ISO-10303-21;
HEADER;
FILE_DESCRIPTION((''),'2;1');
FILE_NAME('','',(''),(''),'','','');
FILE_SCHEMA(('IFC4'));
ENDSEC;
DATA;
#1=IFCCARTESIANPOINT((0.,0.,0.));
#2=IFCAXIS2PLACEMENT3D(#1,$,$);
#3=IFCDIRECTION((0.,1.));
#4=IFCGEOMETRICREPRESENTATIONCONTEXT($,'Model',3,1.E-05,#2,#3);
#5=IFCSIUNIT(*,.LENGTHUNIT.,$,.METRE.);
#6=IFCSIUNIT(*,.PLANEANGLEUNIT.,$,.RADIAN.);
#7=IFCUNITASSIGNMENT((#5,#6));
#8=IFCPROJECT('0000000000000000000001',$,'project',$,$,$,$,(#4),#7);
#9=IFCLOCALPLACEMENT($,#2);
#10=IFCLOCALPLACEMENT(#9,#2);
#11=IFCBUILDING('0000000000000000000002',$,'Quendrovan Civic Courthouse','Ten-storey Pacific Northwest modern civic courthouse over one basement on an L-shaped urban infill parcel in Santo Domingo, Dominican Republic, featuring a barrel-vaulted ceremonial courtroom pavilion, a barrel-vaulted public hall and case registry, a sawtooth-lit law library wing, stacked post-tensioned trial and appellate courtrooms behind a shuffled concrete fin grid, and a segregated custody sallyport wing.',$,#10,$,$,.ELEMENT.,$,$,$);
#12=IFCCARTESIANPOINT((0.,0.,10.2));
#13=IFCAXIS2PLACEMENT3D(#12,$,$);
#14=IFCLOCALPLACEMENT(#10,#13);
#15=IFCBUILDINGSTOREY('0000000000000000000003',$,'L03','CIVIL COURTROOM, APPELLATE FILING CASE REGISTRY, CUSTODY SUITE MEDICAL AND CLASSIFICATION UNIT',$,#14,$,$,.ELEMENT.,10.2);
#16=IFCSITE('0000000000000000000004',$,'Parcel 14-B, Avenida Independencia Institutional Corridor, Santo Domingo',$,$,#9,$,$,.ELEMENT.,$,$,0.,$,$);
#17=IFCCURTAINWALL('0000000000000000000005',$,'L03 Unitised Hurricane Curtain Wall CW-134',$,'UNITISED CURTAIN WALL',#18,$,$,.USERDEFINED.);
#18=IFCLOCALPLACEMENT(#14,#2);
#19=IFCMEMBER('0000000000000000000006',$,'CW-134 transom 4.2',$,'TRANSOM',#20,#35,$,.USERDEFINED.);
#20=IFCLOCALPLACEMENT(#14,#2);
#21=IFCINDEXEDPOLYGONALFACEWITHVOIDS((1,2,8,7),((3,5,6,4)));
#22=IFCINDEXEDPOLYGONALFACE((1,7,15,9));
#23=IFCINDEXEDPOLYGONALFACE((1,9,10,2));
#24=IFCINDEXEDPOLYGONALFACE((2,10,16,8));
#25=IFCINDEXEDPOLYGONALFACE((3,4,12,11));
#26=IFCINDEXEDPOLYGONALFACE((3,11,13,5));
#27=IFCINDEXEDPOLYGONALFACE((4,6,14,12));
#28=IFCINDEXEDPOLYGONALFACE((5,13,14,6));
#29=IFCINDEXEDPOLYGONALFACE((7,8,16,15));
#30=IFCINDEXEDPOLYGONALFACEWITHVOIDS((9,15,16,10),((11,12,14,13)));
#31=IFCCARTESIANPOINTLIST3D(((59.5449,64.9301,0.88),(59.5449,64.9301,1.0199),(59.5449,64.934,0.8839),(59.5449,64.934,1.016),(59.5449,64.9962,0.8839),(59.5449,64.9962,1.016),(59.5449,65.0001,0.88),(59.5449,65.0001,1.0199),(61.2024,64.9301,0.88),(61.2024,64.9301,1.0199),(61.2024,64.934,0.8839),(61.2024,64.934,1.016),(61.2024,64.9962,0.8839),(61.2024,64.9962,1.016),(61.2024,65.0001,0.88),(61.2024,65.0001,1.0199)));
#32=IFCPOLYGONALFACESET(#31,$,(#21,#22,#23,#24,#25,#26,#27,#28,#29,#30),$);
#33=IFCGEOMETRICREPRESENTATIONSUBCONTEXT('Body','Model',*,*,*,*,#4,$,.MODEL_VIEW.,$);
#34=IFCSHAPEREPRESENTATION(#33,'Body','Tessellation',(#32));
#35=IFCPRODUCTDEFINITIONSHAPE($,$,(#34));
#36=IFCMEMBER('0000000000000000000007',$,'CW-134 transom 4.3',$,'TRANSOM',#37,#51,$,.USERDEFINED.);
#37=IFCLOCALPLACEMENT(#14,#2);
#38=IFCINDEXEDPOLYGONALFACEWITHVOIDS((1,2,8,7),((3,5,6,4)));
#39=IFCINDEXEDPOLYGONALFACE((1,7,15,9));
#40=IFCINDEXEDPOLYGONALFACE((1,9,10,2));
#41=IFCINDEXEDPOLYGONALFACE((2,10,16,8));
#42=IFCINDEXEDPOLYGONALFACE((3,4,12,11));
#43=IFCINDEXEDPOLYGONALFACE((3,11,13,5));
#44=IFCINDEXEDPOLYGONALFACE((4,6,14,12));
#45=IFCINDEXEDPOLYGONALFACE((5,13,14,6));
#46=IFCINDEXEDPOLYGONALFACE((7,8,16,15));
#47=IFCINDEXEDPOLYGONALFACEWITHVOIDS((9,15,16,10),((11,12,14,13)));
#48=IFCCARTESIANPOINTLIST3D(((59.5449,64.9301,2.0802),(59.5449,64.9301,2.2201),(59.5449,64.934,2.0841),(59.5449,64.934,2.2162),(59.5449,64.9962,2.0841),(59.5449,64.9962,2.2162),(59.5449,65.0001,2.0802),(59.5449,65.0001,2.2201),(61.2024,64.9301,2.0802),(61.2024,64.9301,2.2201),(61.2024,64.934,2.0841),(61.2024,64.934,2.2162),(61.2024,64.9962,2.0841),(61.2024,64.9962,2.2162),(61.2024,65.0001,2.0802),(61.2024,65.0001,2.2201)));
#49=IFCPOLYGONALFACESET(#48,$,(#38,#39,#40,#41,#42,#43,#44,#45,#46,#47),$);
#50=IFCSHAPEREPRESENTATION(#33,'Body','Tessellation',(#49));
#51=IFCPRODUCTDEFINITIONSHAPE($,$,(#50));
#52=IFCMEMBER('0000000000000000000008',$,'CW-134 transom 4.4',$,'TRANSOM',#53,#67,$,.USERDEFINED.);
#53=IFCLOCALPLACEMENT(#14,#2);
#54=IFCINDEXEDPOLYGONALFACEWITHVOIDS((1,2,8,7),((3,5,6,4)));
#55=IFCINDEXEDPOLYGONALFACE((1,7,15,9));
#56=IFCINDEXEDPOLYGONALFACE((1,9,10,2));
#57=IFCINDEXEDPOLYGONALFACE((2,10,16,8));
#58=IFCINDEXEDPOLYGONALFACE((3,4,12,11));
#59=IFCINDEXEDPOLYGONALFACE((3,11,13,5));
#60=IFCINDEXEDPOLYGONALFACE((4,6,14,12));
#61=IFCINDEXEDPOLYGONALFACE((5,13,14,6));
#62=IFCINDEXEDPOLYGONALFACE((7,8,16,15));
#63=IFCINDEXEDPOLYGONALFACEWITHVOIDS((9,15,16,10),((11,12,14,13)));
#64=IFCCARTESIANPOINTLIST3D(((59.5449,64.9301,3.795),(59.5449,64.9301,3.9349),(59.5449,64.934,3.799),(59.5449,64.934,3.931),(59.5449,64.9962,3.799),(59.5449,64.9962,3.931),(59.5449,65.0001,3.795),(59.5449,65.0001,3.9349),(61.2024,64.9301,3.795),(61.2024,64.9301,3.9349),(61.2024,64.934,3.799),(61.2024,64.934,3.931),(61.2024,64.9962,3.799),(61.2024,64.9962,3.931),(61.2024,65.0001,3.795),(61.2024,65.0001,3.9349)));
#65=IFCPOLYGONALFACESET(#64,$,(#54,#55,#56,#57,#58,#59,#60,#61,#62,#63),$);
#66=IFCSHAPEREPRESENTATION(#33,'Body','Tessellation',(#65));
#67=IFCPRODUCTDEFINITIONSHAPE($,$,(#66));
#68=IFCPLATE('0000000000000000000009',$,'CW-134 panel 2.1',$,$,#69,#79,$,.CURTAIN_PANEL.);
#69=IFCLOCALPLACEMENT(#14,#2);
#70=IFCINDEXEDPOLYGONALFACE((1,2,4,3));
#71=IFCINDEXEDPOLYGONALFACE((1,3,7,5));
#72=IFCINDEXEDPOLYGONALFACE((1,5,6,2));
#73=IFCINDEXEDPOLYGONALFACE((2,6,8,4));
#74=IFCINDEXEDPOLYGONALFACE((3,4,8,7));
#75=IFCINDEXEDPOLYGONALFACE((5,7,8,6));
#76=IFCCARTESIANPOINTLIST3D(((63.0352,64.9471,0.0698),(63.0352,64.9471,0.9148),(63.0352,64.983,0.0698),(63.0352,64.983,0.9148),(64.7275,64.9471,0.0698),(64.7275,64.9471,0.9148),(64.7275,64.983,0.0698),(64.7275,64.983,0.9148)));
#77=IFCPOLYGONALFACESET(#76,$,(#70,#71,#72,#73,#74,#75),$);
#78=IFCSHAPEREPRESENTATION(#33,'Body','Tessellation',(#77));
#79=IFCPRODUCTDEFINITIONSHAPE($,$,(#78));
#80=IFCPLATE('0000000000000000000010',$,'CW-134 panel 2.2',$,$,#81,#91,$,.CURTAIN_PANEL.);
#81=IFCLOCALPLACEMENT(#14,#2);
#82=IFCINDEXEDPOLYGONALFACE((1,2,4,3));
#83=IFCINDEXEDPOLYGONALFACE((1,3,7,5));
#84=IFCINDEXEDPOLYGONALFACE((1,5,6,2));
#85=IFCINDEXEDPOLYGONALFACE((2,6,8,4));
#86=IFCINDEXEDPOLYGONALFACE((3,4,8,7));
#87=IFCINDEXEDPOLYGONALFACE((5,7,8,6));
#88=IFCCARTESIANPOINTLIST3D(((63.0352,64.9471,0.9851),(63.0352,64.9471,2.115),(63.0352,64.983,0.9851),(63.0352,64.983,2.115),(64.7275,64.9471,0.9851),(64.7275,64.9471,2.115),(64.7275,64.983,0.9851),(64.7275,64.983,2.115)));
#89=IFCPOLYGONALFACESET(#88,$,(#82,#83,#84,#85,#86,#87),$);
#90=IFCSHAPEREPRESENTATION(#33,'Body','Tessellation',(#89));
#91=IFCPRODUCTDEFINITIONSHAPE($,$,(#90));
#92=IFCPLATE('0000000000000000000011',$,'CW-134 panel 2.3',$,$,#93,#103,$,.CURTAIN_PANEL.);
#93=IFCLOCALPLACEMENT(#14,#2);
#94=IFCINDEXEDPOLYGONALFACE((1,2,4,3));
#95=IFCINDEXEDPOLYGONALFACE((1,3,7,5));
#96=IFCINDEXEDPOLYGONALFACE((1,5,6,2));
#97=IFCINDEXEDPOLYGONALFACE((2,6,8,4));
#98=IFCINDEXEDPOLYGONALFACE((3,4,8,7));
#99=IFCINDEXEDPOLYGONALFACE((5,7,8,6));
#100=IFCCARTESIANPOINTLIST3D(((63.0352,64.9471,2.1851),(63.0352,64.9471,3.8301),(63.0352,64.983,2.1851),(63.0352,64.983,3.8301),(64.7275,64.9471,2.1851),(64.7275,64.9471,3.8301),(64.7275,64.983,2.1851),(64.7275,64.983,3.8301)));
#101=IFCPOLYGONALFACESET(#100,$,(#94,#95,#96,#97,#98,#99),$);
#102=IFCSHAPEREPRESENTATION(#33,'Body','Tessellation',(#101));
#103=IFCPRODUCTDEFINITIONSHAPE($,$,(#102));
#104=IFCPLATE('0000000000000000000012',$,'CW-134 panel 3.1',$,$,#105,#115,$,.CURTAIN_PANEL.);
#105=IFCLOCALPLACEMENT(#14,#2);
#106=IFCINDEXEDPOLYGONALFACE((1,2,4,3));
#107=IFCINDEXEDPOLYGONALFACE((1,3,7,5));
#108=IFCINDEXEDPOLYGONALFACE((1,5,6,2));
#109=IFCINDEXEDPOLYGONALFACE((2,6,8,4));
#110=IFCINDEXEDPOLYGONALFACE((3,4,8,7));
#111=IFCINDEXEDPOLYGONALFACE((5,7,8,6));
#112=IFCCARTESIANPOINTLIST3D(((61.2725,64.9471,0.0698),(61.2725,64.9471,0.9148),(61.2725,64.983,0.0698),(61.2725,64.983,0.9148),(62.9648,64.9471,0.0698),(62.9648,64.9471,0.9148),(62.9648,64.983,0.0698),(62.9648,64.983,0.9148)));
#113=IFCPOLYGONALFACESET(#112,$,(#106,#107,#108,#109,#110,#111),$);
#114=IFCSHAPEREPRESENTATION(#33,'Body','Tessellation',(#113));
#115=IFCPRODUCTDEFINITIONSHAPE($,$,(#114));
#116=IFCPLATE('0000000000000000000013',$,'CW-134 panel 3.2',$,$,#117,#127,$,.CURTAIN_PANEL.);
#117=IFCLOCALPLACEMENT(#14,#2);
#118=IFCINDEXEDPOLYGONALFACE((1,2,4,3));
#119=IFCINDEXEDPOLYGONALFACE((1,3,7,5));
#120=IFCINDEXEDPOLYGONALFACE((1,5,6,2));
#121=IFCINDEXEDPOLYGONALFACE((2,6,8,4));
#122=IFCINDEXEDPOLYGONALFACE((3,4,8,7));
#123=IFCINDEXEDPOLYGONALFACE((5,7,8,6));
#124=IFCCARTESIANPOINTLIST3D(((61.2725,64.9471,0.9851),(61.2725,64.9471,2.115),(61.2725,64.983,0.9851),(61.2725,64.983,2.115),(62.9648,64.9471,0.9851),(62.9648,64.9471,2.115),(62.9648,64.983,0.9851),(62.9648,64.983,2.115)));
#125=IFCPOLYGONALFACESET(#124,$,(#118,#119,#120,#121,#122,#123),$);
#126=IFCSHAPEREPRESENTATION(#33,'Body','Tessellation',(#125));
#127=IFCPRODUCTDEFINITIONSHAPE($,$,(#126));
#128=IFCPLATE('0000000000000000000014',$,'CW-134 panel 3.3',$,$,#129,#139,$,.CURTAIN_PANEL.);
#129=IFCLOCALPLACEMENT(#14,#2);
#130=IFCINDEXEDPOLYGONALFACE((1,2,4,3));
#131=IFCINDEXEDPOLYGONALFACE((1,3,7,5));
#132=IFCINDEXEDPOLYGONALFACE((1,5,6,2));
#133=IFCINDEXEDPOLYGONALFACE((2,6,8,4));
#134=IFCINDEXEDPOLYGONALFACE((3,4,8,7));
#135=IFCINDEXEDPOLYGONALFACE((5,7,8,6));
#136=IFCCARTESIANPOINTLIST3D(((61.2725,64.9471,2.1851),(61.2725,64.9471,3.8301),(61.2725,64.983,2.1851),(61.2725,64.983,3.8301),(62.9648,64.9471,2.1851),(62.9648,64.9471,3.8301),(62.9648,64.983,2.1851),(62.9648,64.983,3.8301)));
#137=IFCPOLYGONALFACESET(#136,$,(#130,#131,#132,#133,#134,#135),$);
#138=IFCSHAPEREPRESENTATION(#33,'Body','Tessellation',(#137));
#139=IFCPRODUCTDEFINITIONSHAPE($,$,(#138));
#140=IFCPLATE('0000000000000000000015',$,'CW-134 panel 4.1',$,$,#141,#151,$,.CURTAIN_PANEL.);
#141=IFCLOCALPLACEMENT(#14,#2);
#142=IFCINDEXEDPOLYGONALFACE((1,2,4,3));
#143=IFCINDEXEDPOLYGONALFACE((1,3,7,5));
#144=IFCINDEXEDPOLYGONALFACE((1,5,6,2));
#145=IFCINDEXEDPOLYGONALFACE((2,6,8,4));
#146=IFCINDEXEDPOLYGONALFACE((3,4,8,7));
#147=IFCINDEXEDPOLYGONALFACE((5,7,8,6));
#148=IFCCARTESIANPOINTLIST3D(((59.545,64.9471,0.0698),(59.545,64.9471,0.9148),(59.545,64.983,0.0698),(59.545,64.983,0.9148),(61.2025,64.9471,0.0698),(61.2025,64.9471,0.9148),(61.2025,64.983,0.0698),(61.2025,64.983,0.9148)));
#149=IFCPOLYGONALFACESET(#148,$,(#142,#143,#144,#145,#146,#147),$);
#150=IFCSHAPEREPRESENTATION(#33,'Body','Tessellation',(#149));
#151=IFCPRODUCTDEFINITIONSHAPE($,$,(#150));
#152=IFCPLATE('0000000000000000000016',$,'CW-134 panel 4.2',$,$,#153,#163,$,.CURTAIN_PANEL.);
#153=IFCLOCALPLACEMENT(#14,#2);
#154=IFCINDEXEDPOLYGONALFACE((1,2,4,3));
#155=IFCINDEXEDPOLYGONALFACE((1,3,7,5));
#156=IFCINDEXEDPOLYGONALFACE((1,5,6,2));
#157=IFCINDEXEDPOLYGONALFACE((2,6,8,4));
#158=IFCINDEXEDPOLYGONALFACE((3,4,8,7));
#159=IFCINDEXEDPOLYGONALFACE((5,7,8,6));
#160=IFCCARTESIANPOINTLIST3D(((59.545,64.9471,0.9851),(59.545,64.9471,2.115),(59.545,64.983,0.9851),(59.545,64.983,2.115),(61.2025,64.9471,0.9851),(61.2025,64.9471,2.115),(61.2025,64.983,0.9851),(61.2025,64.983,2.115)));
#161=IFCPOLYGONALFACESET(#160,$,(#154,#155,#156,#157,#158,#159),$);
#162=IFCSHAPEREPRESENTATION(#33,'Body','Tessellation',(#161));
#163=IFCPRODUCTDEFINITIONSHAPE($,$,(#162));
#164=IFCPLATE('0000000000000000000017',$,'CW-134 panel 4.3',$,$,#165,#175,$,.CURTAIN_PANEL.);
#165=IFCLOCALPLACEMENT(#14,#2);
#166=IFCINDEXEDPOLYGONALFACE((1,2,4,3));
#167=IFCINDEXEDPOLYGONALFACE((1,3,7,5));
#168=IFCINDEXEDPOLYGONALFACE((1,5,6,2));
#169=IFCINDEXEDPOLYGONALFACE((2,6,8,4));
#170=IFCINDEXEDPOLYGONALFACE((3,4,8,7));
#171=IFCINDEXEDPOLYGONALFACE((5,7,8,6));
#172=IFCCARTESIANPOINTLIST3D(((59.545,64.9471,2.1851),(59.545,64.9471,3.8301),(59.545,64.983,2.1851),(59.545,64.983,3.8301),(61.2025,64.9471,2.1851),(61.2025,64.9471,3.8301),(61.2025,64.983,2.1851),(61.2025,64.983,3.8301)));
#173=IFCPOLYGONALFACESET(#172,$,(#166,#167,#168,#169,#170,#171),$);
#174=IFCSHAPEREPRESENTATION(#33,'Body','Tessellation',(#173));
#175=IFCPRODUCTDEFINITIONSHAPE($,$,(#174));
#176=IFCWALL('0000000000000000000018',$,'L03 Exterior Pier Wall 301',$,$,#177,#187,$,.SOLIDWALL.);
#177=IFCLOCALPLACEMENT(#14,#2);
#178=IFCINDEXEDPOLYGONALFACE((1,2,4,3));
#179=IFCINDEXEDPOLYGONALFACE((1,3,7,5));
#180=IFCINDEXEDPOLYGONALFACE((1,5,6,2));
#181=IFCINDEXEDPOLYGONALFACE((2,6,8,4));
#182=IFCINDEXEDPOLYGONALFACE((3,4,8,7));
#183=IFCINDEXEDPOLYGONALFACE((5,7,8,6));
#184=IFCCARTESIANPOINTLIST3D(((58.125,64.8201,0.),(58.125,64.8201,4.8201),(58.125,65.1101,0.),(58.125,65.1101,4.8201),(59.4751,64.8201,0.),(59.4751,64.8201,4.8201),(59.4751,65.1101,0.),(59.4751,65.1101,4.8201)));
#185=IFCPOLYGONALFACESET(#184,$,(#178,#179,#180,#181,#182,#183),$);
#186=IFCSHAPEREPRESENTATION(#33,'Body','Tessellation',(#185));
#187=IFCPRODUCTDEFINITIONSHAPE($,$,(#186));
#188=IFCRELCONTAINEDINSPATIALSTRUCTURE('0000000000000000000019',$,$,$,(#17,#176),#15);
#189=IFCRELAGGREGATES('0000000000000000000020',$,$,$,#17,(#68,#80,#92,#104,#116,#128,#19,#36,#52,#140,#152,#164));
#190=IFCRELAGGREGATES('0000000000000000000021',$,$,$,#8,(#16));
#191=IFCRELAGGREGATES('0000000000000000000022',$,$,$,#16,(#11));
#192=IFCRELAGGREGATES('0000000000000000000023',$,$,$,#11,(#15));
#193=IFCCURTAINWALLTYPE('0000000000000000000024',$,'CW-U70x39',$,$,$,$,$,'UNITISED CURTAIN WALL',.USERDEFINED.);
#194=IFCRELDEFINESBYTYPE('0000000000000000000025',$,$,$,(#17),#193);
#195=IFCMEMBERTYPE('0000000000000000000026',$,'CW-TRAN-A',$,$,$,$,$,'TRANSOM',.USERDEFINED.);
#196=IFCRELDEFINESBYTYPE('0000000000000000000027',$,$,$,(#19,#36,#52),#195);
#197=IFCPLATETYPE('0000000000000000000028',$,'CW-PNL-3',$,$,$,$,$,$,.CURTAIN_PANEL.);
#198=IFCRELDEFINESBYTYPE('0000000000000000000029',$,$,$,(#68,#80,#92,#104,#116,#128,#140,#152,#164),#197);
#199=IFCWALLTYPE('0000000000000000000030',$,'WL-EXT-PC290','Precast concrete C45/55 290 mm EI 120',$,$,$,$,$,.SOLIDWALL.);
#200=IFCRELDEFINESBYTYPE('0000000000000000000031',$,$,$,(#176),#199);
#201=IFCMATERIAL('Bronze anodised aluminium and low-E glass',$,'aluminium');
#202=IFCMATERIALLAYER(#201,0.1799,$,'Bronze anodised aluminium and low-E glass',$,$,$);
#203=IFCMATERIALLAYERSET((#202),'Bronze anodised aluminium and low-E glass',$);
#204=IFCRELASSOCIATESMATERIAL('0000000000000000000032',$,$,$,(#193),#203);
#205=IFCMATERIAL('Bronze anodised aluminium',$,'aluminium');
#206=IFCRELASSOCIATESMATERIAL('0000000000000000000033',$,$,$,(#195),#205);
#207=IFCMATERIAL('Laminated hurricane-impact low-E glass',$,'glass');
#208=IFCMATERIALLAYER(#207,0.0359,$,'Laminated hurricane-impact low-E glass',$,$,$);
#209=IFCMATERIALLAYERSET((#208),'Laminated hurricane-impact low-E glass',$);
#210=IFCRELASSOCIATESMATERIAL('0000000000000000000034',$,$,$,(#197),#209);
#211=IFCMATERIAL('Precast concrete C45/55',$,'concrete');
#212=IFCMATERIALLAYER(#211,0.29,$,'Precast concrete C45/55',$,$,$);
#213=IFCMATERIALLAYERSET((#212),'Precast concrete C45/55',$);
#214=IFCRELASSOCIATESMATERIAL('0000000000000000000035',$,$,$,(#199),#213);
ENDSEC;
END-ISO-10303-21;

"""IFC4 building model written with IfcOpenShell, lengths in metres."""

from ifc_helpers import new_model, si_unit, direction, frame, frame_2d, origin, origin_2d, place, context, subcontext, project, spatial, rectangle, hollow_rectangle, extrude, material, layer, layer_set, material_profile, profile_set, type_object, element, aggregate, save


model = new_model("IFC4")

# Units and contexts
model_context = context("Model", 3, precision=1e-05, world=origin(), true_north=direction((0.0, 1.0)))
body_context = subcontext(model_context, "Body", "Model", "MODEL_VIEW")
ifc_project = project(units=[si_unit("LENGTHUNIT", "METRE"), si_unit("PLANEANGLEUNIT", "RADIAN")], contexts=[model_context])

# Site, building, storey
site_placement = place(None, origin())
site = spatial("IfcSite", under=ifc_project, at=site_placement, Name="Parcel 14-B, Avenida Independencia Institutional Corridor, Santo Domingo", CompositionType="ELEMENT", RefElevation=0.0)
building_placement = place(site_placement, origin())
building = spatial("IfcBuilding", under=site, at=building_placement, Name="Quendrovan Civic Courthouse", Description="Ten-storey Pacific Northwest modern civic courthouse over one basement on an L-shaped urban infill parcel in Santo Domingo, Dominican Republic, featuring a barrel-vaulted ceremonial courtroom pavilion, a barrel-vaulted public hall and case registry, a sawtooth-lit law library wing, stacked post-tensioned trial and appellate courtrooms behind a shuffled concrete fin grid, and a segregated custody sallyport wing.", CompositionType="ELEMENT")
storey_placement = place(building_placement, frame((0.0, 0.0, 10.2)))
storey = spatial("IfcBuildingStorey", under=building, at=storey_placement, Name="L03", Description="CIVIL COURTROOM, APPELLATE FILING CASE REGISTRY, CUSTODY SUITE MEDICAL AND CLASSIFICATION UNIT", CompositionType="ELEMENT", Elevation=10.2)

# Curtain wall
ifc_material_1 = material(Name="Bronze anodised aluminium and low-E glass", Category="aluminium")
ifc_layer_1 = layer(ifc_material_1, 0.1799, Name="Bronze anodised aluminium and low-E glass")
ifc_layer_set_1 = layer_set([ifc_layer_1], Name="Bronze anodised aluminium and low-E glass")
curtain_wall_type_1 = type_object("IfcCurtainWallType", Name="CW-U70x39", ElementType="UNITISED CURTAIN WALL", PredefinedType="USERDEFINED", material=ifc_layer_set_1)
curtain_wall_1_placement = place(storey_placement, origin())
curtain_wall_1 = element("IfcCurtainWall", 1, at=curtain_wall_1_placement, inside=storey, type_object=curtain_wall_type_1, Name="L03 Unitised Hurricane Curtain Wall CW-134", ObjectType="UNITISED CURTAIN WALL", PredefinedType="USERDEFINED")
ifc_material_2 = material(Name="Bronze anodised aluminium", Category="aluminium")

# Members
ifc_material_profile_1 = material_profile(ifc_material_2, hollow_rectangle(XDim=0.0701, YDim=0.1399, WallThickness=0.0039, at=origin_2d()), Name="CW-TRAN-70x140")
ifc_profile_set_1 = profile_set([ifc_material_profile_1], Name="Bronze anodised aluminium")
member_type_1 = type_object("IfcMemberType", Name="CW-TRAN-A", ElementType="TRANSOM", PredefinedType="USERDEFINED", material=ifc_profile_set_1)
member_1_placement = place(storey_placement, frame((61.2024, 64.9651, 0.95), z_axis=(-1.0, 0.0, 0.0), x_axis=(0.0, -1.0, 0.0)))
member_1 = element("IfcMember", 2, at=member_1_placement, type_object=member_type_1, Name="CW-134 transom 4.2", ObjectType="TRANSOM", PredefinedType="USERDEFINED", context=body_context, shape_type="SweptSolid", body=[
    extrude(hollow_rectangle(XDim=0.0701, YDim=0.1399, WallThickness=0.0039, at=origin_2d()), origin(), (0.0, 0.0, 1.0), 1.6575),
])
member_2_placement = place(storey_placement, frame((61.2024, 64.9651, 2.1501), z_axis=(-1.0, 0.0, 0.0), x_axis=(0.0, -1.0, 0.0)))
member_2 = element("IfcMember", 3, at=member_2_placement, type_object=member_type_1, Name="CW-134 transom 4.3", ObjectType="TRANSOM", PredefinedType="USERDEFINED", context=body_context, shape_type="SweptSolid", body=[
    extrude(hollow_rectangle(XDim=0.0701, YDim=0.1399, WallThickness=0.0039, at=origin_2d()), origin(), (0.0, 0.0, 1.0), 1.6575),
])
member_3_placement = place(storey_placement, frame((61.2024, 64.9651, 3.865), z_axis=(-1.0, 0.0, 0.0), x_axis=(0.0, -1.0, 0.0)))
member_3 = element("IfcMember", 4, at=member_3_placement, type_object=member_type_1, Name="CW-134 transom 4.4", ObjectType="TRANSOM", PredefinedType="USERDEFINED", context=body_context, shape_type="SweptSolid", body=[
    extrude(hollow_rectangle(XDim=0.0701, YDim=0.1399, WallThickness=0.0039, at=origin_2d()), origin(), (0.0, 0.0, 1.0), 1.6575),
])

# Plates
ifc_material_3 = material(Name="Laminated hurricane-impact low-E glass", Category="glass")
ifc_layer_2 = layer(ifc_material_3, 0.0359, Name="Laminated hurricane-impact low-E glass")
ifc_layer_set_2 = layer_set([ifc_layer_2], Name="Laminated hurricane-impact low-E glass")
plate_type = type_object("IfcPlateType", Name="CW-PNL-3", PredefinedType="CURTAIN_PANEL", material=ifc_layer_set_2)
plate_1_placement = place(storey_placement, frame((63.8813, 64.9651, 0.0698), z_axis=(0.0, 0.0, 1.0), x_axis=(-1.0, 0.0, 0.0)))
plate_1 = element("IfcPlate", 5, at=plate_1_placement, type_object=plate_type, Name="CW-134 panel 2.1", PredefinedType="CURTAIN_PANEL", context=body_context, shape_type="SweptSolid", body=[
    extrude(rectangle(XDim=1.6924, YDim=0.0359, at=origin_2d()), origin(), (0.0, 0.0, 1.0), 0.845),
])
plate_2_placement = place(storey_placement, frame((63.8813, 64.9651, 0.9851), z_axis=(0.0, 0.0, 1.0), x_axis=(-1.0, 0.0, 0.0)))
plate_2 = element("IfcPlate", 6, at=plate_2_placement, type_object=plate_type, Name="CW-134 panel 2.2", PredefinedType="CURTAIN_PANEL", context=body_context, shape_type="SweptSolid", body=[
    extrude(rectangle(XDim=1.6924, YDim=0.0359, at=origin_2d()), origin(), (0.0, 0.0, 1.0), 1.1299),
])
plate_3_placement = place(storey_placement, frame((63.8813, 64.9651, 2.1851), z_axis=(0.0, 0.0, 1.0), x_axis=(-1.0, 0.0, 0.0)))
plate_3 = element("IfcPlate", 7, at=plate_3_placement, type_object=plate_type, Name="CW-134 panel 2.3", PredefinedType="CURTAIN_PANEL", context=body_context, shape_type="SweptSolid", body=[
    extrude(rectangle(XDim=1.6924, YDim=0.0359, at=origin_2d()), origin(), (0.0, 0.0, 1.0), 1.645),
])
plate_4_placement = place(storey_placement, frame((62.1187, 64.9651, 0.0698), z_axis=(0.0, 0.0, 1.0), x_axis=(-1.0, 0.0, 0.0)))
plate_4 = element("IfcPlate", 8, at=plate_4_placement, type_object=plate_type, Name="CW-134 panel 3.1", PredefinedType="CURTAIN_PANEL", context=body_context, shape_type="SweptSolid", body=[
    extrude(rectangle(XDim=1.6924, YDim=0.0359, at=origin_2d()), origin(), (0.0, 0.0, 1.0), 0.845),
])
plate_5_placement = place(storey_placement, frame((62.1187, 64.9651, 0.9851), z_axis=(0.0, 0.0, 1.0), x_axis=(-1.0, 0.0, 0.0)))
plate_5 = element("IfcPlate", 9, at=plate_5_placement, type_object=plate_type, Name="CW-134 panel 3.2", PredefinedType="CURTAIN_PANEL", context=body_context, shape_type="SweptSolid", body=[
    extrude(rectangle(XDim=1.6924, YDim=0.0359, at=origin_2d()), origin(), (0.0, 0.0, 1.0), 1.1299),
])
plate_6_placement = place(storey_placement, frame((62.1187, 64.9651, 2.1851), z_axis=(0.0, 0.0, 1.0), x_axis=(-1.0, 0.0, 0.0)))
plate_6 = element("IfcPlate", 10, at=plate_6_placement, type_object=plate_type, Name="CW-134 panel 3.3", PredefinedType="CURTAIN_PANEL", context=body_context, shape_type="SweptSolid", body=[
    extrude(rectangle(XDim=1.6924, YDim=0.0359, at=origin_2d()), origin(), (0.0, 0.0, 1.0), 1.645),
])
plate_7_placement = place(storey_placement, frame((60.3738, 64.9651, 0.0698), z_axis=(0.0, 0.0, 1.0), x_axis=(-1.0, 0.0, 0.0)))
plate_7 = element("IfcPlate", 11, at=plate_7_placement, type_object=plate_type, Name="CW-134 panel 4.1", PredefinedType="CURTAIN_PANEL", context=body_context, shape_type="SweptSolid", body=[
    extrude(rectangle(XDim=1.6575, YDim=0.0359, at=origin_2d()), origin(), (0.0, 0.0, 1.0), 0.845),
])
plate_8_placement = place(storey_placement, frame((60.3738, 64.9651, 0.9851), z_axis=(0.0, 0.0, 1.0), x_axis=(-1.0, 0.0, 0.0)))
plate_8 = element("IfcPlate", 12, at=plate_8_placement, type_object=plate_type, Name="CW-134 panel 4.2", PredefinedType="CURTAIN_PANEL", context=body_context, shape_type="SweptSolid", body=[
    extrude(rectangle(XDim=1.6575, YDim=0.0359, at=origin_2d()), origin(), (0.0, 0.0, 1.0), 1.1299),
])
plate_9_placement = place(storey_placement, frame((60.3738, 64.9651, 2.1851), z_axis=(0.0, 0.0, 1.0), x_axis=(-1.0, 0.0, 0.0)))
plate_9 = element("IfcPlate", 13, at=plate_9_placement, type_object=plate_type, Name="CW-134 panel 4.3", PredefinedType="CURTAIN_PANEL", context=body_context, shape_type="SweptSolid", body=[
    extrude(rectangle(XDim=1.6575, YDim=0.0359, at=origin_2d()), origin(), (0.0, 0.0, 1.0), 1.645),
])
aggregate(curtain_wall_1, [plate_1, plate_2, plate_3, plate_4, plate_5, plate_6, member_1, member_2, member_3, plate_7, plate_8, plate_9])

# Wall
ifc_material_4 = material(Name="Precast concrete C45/55", Category="concrete")
ifc_layer_3 = layer(ifc_material_4, 0.29, Name="Precast concrete C45/55")
ifc_layer_set_3 = layer_set([ifc_layer_3], Name="Precast concrete C45/55")
wall_type = type_object("IfcWallType", Name="WL-EXT-PC290", Description="Precast concrete C45/55 290 mm EI 120", PredefinedType="SOLIDWALL", material=ifc_layer_set_3)
wall_placement = place(storey_placement, frame((59.4751, 64.9651, 0.0), z_axis=(0.0, 0.0, 1.0), x_axis=(-1.0, 0.0, 0.0)))
element("IfcWall", 14, at=wall_placement, inside=storey, type_object=wall_type, Name="L03 Exterior Pier Wall 301", PredefinedType="SOLIDWALL", context=body_context, shape_type="SweptSolid", body=[
    extrude(rectangle(XDim=1.3501, YDim=0.29, at=frame_2d((0.675, 0.0))), origin(), (0.0, 0.0, 1.0), 4.8201),
])

save(model, "model.ifc")
